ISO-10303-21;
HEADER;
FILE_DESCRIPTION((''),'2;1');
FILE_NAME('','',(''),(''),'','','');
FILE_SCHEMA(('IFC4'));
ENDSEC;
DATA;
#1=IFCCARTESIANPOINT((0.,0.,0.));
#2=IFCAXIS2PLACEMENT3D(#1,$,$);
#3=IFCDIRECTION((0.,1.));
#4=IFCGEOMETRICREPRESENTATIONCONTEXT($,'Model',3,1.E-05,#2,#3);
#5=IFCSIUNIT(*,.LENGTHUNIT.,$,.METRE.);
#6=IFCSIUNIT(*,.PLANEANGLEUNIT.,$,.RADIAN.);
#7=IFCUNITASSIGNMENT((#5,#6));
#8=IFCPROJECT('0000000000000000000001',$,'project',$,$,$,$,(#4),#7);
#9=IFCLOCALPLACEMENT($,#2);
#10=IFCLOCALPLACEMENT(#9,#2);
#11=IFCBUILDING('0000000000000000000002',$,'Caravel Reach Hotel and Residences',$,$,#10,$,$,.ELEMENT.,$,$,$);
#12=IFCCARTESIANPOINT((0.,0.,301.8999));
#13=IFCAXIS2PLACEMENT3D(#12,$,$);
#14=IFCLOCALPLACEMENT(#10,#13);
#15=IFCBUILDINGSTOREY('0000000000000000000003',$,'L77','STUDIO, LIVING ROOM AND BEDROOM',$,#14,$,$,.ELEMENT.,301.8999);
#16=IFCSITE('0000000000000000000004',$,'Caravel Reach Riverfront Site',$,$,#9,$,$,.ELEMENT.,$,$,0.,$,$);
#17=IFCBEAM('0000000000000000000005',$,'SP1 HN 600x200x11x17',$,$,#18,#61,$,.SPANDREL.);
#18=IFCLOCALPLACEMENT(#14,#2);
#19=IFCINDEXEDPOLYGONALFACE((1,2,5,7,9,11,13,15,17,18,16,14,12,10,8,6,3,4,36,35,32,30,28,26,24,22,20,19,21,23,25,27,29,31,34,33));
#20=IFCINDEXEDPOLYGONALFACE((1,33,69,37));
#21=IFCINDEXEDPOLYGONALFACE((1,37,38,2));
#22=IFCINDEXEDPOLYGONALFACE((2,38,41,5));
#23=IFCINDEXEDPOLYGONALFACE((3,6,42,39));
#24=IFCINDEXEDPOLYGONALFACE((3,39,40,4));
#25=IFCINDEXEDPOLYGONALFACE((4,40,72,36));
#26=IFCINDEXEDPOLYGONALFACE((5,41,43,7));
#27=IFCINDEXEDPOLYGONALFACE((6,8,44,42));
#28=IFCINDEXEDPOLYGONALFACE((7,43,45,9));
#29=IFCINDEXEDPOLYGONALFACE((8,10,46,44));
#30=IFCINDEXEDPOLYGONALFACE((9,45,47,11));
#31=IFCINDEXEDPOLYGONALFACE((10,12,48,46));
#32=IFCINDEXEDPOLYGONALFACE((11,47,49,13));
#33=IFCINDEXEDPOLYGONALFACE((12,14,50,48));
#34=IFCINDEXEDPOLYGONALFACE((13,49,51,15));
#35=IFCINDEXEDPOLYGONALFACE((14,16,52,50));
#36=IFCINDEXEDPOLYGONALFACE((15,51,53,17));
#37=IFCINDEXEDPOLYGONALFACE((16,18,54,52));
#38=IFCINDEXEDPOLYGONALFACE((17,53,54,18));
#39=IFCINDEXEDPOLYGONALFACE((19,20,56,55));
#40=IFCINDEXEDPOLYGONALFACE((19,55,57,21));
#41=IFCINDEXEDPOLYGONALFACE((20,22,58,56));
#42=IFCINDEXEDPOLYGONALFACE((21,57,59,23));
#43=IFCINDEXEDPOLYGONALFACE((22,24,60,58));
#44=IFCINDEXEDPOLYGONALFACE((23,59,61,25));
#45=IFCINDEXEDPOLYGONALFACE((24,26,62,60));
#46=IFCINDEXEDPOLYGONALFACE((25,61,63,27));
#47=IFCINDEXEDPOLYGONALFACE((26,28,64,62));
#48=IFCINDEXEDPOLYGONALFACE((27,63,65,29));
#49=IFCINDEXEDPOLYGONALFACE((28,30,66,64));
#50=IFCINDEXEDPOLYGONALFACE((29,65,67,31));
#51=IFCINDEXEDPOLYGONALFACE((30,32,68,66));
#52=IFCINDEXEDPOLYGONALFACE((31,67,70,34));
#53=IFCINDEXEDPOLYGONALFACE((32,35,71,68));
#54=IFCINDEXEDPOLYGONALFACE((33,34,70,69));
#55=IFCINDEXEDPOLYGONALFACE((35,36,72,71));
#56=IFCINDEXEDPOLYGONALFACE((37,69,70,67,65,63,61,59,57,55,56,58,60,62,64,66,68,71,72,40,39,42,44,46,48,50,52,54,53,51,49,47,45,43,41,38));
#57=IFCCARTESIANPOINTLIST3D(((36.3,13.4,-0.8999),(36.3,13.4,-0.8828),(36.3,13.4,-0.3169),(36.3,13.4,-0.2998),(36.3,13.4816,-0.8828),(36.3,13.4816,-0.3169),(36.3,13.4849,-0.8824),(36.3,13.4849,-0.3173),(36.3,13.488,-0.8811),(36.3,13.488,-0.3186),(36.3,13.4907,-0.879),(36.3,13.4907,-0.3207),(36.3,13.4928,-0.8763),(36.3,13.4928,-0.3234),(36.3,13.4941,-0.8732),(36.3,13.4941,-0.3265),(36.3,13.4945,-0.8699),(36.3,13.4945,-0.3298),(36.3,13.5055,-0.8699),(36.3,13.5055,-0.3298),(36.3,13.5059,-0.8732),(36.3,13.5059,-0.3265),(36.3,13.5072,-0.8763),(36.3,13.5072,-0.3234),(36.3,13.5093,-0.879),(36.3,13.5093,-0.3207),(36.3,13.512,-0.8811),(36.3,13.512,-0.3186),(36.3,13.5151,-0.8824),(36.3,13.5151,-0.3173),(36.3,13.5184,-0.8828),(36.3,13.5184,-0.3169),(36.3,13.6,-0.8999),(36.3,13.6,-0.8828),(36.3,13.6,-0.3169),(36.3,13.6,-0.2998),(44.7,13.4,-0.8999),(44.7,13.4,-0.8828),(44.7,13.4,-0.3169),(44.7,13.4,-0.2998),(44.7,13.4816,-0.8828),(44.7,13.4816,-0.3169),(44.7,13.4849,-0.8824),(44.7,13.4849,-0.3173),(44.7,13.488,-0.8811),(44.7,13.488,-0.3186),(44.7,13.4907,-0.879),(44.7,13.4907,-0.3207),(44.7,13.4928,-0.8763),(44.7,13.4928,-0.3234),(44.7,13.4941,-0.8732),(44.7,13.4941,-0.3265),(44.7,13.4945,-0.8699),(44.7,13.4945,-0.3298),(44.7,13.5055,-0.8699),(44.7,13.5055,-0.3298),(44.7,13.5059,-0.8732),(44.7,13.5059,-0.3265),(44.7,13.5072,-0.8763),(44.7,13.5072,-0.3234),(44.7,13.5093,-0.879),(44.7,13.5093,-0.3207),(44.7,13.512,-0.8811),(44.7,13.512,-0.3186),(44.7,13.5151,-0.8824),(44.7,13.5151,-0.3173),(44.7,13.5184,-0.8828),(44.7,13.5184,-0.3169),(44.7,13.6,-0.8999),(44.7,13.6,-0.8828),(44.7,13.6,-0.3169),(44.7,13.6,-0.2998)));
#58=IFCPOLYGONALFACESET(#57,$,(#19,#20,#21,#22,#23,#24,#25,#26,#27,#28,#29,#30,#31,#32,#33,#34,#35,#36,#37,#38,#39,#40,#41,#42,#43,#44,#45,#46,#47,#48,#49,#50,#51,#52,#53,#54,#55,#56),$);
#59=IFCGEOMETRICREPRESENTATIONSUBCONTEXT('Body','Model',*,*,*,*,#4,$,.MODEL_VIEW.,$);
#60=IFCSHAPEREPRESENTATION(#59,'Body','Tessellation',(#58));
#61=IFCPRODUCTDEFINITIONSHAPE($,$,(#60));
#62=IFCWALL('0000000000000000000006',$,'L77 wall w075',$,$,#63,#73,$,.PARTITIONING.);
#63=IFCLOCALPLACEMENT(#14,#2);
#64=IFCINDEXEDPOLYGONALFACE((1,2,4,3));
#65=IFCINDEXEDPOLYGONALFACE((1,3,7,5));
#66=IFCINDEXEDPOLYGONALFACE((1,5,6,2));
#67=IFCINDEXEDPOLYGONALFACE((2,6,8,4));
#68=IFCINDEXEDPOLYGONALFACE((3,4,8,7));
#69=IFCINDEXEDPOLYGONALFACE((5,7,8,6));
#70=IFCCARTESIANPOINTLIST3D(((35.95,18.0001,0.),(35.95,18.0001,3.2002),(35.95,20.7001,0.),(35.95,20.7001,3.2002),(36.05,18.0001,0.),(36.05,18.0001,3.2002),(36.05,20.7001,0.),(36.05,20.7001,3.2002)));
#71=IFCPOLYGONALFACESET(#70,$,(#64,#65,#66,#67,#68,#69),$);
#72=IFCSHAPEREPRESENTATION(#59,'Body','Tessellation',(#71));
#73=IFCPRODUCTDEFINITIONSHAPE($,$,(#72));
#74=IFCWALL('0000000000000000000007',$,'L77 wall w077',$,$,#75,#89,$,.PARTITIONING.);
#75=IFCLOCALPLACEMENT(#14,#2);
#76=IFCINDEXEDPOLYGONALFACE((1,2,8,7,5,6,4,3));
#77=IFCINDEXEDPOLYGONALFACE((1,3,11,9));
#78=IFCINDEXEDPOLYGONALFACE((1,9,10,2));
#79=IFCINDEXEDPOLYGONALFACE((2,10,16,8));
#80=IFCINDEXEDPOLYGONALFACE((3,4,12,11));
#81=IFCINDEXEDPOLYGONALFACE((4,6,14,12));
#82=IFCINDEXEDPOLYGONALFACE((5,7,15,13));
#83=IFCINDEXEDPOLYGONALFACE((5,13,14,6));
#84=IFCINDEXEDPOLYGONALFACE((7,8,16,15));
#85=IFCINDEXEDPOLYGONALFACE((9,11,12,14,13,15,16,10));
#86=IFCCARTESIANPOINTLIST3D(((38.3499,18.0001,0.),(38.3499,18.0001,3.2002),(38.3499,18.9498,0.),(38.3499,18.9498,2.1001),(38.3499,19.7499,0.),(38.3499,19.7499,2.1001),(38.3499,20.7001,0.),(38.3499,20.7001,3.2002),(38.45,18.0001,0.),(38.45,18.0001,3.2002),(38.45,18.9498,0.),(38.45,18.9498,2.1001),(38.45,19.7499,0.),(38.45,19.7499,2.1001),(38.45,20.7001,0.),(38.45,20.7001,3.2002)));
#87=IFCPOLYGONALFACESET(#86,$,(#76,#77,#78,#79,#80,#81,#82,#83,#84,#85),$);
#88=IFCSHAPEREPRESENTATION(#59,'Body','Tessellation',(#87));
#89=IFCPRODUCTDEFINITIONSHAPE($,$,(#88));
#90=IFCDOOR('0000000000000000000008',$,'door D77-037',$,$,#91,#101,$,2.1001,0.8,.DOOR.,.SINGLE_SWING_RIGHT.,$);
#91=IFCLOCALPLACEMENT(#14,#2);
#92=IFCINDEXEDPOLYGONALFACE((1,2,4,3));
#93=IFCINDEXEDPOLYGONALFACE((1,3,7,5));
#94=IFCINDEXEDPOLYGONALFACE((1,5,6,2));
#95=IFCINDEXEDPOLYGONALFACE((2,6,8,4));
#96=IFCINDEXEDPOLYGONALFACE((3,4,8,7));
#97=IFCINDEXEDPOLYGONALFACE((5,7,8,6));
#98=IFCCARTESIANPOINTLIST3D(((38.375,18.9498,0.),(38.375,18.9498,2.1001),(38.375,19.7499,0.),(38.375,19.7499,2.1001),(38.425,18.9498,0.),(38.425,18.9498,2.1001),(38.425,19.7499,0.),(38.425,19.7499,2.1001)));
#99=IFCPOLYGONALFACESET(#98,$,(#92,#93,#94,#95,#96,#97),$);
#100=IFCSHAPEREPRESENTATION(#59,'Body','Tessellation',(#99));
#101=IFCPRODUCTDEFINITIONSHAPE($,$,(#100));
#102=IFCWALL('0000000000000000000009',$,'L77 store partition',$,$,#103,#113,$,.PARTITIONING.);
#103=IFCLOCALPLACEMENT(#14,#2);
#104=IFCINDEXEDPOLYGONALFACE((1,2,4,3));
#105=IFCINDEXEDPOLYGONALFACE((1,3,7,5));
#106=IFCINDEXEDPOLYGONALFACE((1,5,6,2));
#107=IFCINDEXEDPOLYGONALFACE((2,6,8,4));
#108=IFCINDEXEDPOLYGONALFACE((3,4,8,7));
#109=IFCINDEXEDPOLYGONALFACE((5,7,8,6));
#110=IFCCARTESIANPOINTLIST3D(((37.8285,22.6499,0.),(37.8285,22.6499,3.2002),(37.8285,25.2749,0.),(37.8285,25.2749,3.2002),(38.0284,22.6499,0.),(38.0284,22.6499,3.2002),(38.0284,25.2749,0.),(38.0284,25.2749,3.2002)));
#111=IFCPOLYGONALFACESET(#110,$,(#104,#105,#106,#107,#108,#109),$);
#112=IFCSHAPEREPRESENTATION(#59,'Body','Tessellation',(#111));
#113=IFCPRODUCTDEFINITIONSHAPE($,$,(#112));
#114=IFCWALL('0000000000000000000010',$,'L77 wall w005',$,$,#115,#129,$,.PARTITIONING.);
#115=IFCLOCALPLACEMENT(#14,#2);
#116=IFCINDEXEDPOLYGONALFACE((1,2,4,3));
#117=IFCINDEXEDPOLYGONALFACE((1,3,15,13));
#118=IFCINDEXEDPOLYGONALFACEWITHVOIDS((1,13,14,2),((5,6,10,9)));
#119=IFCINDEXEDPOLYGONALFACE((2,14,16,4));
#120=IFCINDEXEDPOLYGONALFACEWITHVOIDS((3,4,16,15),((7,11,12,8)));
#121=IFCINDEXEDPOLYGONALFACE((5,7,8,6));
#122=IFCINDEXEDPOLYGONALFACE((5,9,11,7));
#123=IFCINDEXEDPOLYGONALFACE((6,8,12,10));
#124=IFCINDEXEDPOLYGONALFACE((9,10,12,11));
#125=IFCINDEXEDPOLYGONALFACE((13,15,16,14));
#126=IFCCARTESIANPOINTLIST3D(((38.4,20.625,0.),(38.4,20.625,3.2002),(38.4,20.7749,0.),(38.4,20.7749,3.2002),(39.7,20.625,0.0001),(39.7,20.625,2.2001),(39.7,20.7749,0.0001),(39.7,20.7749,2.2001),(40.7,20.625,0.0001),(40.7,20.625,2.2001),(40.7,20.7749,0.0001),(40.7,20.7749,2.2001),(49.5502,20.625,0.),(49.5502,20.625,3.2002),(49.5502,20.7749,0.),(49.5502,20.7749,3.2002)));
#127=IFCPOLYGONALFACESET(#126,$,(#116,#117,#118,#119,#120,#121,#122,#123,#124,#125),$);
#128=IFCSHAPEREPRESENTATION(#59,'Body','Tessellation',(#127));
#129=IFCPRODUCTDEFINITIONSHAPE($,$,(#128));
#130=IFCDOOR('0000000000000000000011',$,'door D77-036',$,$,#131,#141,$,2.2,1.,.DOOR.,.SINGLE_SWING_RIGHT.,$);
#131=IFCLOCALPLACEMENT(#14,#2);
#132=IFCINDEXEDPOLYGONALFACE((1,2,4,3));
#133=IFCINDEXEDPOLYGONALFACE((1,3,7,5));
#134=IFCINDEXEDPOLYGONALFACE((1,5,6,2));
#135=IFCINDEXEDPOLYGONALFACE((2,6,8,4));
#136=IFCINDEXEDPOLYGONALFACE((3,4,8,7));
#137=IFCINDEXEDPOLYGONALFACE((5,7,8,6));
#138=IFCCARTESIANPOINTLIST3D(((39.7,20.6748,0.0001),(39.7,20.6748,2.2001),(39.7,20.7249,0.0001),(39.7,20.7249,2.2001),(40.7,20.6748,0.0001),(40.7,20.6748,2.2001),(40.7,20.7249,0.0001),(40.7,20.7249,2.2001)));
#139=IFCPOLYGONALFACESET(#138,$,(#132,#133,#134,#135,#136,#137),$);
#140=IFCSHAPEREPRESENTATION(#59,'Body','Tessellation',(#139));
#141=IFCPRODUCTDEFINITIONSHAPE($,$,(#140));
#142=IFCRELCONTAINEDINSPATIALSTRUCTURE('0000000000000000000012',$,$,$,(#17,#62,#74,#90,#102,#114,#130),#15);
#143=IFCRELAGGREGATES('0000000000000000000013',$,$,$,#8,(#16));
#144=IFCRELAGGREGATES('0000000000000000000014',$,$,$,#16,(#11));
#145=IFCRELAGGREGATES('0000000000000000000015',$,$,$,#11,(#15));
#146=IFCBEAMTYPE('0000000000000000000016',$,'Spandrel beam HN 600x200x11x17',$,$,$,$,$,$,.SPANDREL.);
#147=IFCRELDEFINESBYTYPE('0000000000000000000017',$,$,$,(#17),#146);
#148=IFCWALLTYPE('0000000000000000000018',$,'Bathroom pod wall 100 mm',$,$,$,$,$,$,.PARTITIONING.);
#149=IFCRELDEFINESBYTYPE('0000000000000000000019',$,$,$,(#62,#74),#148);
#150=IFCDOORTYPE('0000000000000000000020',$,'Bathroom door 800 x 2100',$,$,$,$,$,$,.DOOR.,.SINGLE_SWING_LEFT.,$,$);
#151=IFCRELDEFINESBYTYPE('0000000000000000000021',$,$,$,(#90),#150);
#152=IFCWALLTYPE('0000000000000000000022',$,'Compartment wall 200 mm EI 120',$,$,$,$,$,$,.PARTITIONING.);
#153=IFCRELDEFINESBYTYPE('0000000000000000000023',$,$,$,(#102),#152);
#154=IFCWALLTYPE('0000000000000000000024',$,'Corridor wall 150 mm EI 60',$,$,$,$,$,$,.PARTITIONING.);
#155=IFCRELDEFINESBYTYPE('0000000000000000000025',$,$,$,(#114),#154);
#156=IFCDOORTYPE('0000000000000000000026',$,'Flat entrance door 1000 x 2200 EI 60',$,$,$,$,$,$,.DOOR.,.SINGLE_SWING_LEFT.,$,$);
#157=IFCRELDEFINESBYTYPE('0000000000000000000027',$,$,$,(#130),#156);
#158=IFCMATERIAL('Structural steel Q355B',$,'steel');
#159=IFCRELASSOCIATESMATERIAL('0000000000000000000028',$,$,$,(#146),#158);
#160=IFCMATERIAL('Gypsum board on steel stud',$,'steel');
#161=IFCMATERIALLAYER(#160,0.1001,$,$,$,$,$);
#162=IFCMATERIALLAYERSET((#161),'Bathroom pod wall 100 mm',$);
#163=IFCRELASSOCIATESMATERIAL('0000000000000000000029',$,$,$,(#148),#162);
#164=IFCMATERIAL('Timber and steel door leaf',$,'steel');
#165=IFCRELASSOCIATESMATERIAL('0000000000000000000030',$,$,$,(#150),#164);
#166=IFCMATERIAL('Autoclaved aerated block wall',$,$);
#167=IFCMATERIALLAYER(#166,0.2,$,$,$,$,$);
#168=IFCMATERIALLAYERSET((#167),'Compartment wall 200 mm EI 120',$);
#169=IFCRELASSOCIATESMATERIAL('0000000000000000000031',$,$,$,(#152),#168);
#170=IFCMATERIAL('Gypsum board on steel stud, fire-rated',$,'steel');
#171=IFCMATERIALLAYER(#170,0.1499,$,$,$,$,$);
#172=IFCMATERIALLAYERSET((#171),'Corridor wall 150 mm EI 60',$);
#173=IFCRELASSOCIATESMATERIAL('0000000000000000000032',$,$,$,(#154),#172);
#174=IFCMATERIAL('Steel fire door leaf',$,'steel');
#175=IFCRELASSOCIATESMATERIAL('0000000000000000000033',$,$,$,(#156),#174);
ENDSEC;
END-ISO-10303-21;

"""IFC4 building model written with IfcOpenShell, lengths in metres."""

from ifc_helpers import new_model, si_unit, direction, frame, frame_2d, origin, origin_2d, place, context, subcontext, project, spatial, rectangle, i_section, extrude, material, layer, layer_set, material_profile, profile_set, type_object, element, fill, save


model = new_model("IFC4")

# Units and contexts
model_context = context("Model", 3, precision=1e-05, world=origin(), true_north=direction((0.0, 1.0)))
body_context = subcontext(model_context, "Body", "Model", "MODEL_VIEW")
ifc_project = project(units=[si_unit("LENGTHUNIT", "METRE"), si_unit("PLANEANGLEUNIT", "RADIAN")], contexts=[model_context])

# Site, building, storey
site_placement = place(None, origin())
site = spatial("IfcSite", under=ifc_project, at=site_placement, Name="Caravel Reach Riverfront Site", CompositionType="ELEMENT", RefElevation=0.0)
building_placement = place(site_placement, origin())
building = spatial("IfcBuilding", under=site, at=building_placement, Name="Caravel Reach Hotel and Residences", CompositionType="ELEMENT")
storey_placement = place(building_placement, frame((0.0, 0.0, 301.8999)))
storey = spatial("IfcBuildingStorey", under=building, at=storey_placement, Name="L77", Description="STUDIO, LIVING ROOM AND BEDROOM", CompositionType="ELEMENT", Elevation=301.8999)

# Beam
ifc_material_1 = material(Name="Structural steel Q355B", Category="steel")
ifc_material_profile = material_profile(ifc_material_1, i_section(OverallWidth=0.2, OverallDepth=0.6001, WebThickness=0.011, FlangeThickness=0.0171, FilletRadius=0.0129, at=origin_2d()), Name="HN 600x200x11x17")
ifc_profile_set = profile_set([ifc_material_profile], Name="Structural steel Q355B")
beam_type = type_object("IfcBeamType", Name="Spandrel beam HN 600x200x11x17", PredefinedType="SPANDREL", material=ifc_profile_set)
beam_placement = place(storey_placement, frame((36.3, 13.5, -0.5999), z_axis=(1.0, 0.0, 0.0), x_axis=(0.0, 1.0, 0.0)))
element("IfcBeam", 1, at=beam_placement, inside=storey, type_object=beam_type, Name="SP1 HN 600x200x11x17", PredefinedType="SPANDREL", context=body_context, shape_type="SweptSolid", body=[
    extrude(i_section(OverallWidth=0.2, OverallDepth=0.6001, WebThickness=0.011, FlangeThickness=0.0171, FilletRadius=0.0129, at=origin_2d()), origin(), (0.0, 0.0, 1.0), 8.3999),
])

# Wall
ifc_material_2 = material(Name="Gypsum board on steel stud", Category="steel")
ifc_layer_1 = layer(ifc_material_2, 0.1001)
ifc_layer_set_1 = layer_set([ifc_layer_1], Name="Bathroom pod wall 100 mm")
wall_type_1 = type_object("IfcWallType", Name="Bathroom pod wall 100 mm", PredefinedType="PARTITIONING", material=ifc_layer_set_1)
wall_1_placement = place(storey_placement, frame((36.0, 18.0, 0.0), z_axis=(0.0, 0.0, 1.0), x_axis=(0.0, 1.0, 0.0)))
element("IfcWall", 2, at=wall_1_placement, inside=storey, type_object=wall_type_1, Name="L77 wall w075", PredefinedType="PARTITIONING", context=body_context, shape_type="SweptSolid", body=[
    extrude(rectangle(XDim=2.7, YDim=0.1001, at=frame_2d((1.3501, 0.0))), origin(), (0.0, 0.0, 1.0), 3.2002),
])

# Wall, opening, door
wall_2_placement = place(storey_placement, frame((38.3999, 18.0, 0.0), z_axis=(0.0, 0.0, 1.0), x_axis=(0.0, 1.0, 0.0)))
wall_2 = element("IfcWall", 3, at=wall_2_placement, inside=storey, type_object=wall_type_1, Name="L77 wall w077", PredefinedType="PARTITIONING", context=body_context, shape_type="SweptSolid", body=[
    extrude(rectangle(XDim=2.7, YDim=0.1001, at=frame_2d((1.3501, 0.0))), origin(), (0.0, 0.0, 1.0), 3.2002),
])
opening_1_placement = place(wall_2_placement, frame((0.95, 0.0, 0.0)))
opening_1 = element("IfcOpeningElement", 4, at=opening_1_placement, cuts=wall_2, PredefinedType="OPENING", context=body_context, shape_type="SweptSolid", body=[
    extrude(rectangle(XDim=0.8, YDim=2.1001, at=frame_2d((0.3999, 1.05))), frame((0.0, 0.0601, 0.0), z_axis=(0.0, -1.0, 0.0), x_axis=(1.0, 0.0, 0.0)), (0.0, 0.0, 1.0), 0.1201),
])
ifc_material_3 = material(Name="Timber and steel door leaf", Category="steel")
door_type_1 = type_object("IfcDoorType", Name="Bathroom door 800 x 2100", OperationType="SINGLE_SWING_LEFT", PredefinedType="DOOR", material=ifc_material_3)
door_1_placement = place(opening_1_placement, origin())
door_1 = element("IfcDoor", 5, at=door_1_placement, inside=storey, type_object=door_type_1, Name="door D77-037", OperationType="SINGLE_SWING_RIGHT", OverallHeight=2.1001, OverallWidth=0.8, PredefinedType="DOOR", context=body_context, shape_type="SweptSolid", body=[
    extrude(rectangle(XDim=0.8, YDim=2.1001, at=frame_2d((0.3999, 1.05))), frame((0.0, 0.0249, 0.0), z_axis=(0.0, -1.0, 0.0), x_axis=(1.0, 0.0, 0.0)), (0.0, 0.0, 1.0), 0.05),
])
fill(opening_1, door_1)

# Wall
ifc_material_4 = material(Name="Autoclaved aerated block wall")
ifc_layer_2 = layer(ifc_material_4, 0.2)
ifc_layer_set_2 = layer_set([ifc_layer_2], Name="Compartment wall 200 mm EI 120")
wall_type_2 = type_object("IfcWallType", Name="Compartment wall 200 mm EI 120", PredefinedType="PARTITIONING", material=ifc_layer_set_2)
wall_3_placement = place(storey_placement, frame((37.9285, 22.6499, 0.0), z_axis=(0.0, 0.0, 1.0), x_axis=(0.0, 1.0, 0.0)))
element("IfcWall", 6, at=wall_3_placement, inside=storey, type_object=wall_type_2, Name="L77 store partition", PredefinedType="PARTITIONING", context=body_context, shape_type="SweptSolid", body=[
    extrude(rectangle(XDim=2.625, YDim=0.2, at=frame_2d((1.3125, 0.0))), origin(), (0.0, 0.0, 1.0), 3.2002),
])

# Wall, opening, door
ifc_material_5 = material(Name="Gypsum board on steel stud, fire-rated", Category="steel")
ifc_layer_3 = layer(ifc_material_5, 0.1499)
ifc_layer_set_3 = layer_set([ifc_layer_3], Name="Corridor wall 150 mm EI 60")
wall_type_3 = type_object("IfcWallType", Name="Corridor wall 150 mm EI 60", PredefinedType="PARTITIONING", material=ifc_layer_set_3)
wall_4_placement = place(storey_placement, frame((38.3999, 20.7, 0.0), z_axis=(0.0, 0.0, 1.0), x_axis=(1.0, 0.0, 0.0)))
wall_4 = element("IfcWall", 7, at=wall_4_placement, inside=storey, type_object=wall_type_3, Name="L77 wall w005", PredefinedType="PARTITIONING", context=body_context, shape_type="SweptSolid", body=[
    extrude(rectangle(XDim=11.1501, YDim=0.1499, at=frame_2d((5.5752, 0.0))), origin(), (0.0, 0.0, 1.0), 3.2002),
])
opening_2_placement = place(wall_4_placement, frame((1.3, 0.0, 0.0)))
opening_2 = element("IfcOpeningElement", 8, at=opening_2_placement, cuts=wall_4, PredefinedType="OPENING", context=body_context, shape_type="SweptSolid", body=[
    extrude(rectangle(XDim=1.0, YDim=2.2, at=frame_2d((0.5, 1.1001))), frame((0.0, 0.085, 0.0), z_axis=(0.0, -1.0, 0.0), x_axis=(1.0, 0.0, 0.0)), (0.0, 0.0, 1.0), 0.1699),
])
ifc_material_6 = material(Name="Steel fire door leaf", Category="steel")
door_type_2 = type_object("IfcDoorType", Name="Flat entrance door 1000 x 2200 EI 60", OperationType="SINGLE_SWING_LEFT", PredefinedType="DOOR", material=ifc_material_6)
door_2_placement = place(opening_2_placement, origin())
door_2 = element("IfcDoor", 9, at=door_2_placement, inside=storey, type_object=door_type_2, Name="door D77-036", OperationType="SINGLE_SWING_RIGHT", OverallHeight=2.2, OverallWidth=1.0, PredefinedType="DOOR", context=body_context, shape_type="SweptSolid", body=[
    extrude(rectangle(XDim=1.0, YDim=2.2, at=frame_2d((0.5, 1.1001))), frame((0.0, 0.0249, 0.0), z_axis=(0.0, -1.0, 0.0), x_axis=(1.0, 0.0, 0.0)), (0.0, 0.0, 1.0), 0.05),
])
fill(opening_2, door_2)

save(model, "model.ifc")
